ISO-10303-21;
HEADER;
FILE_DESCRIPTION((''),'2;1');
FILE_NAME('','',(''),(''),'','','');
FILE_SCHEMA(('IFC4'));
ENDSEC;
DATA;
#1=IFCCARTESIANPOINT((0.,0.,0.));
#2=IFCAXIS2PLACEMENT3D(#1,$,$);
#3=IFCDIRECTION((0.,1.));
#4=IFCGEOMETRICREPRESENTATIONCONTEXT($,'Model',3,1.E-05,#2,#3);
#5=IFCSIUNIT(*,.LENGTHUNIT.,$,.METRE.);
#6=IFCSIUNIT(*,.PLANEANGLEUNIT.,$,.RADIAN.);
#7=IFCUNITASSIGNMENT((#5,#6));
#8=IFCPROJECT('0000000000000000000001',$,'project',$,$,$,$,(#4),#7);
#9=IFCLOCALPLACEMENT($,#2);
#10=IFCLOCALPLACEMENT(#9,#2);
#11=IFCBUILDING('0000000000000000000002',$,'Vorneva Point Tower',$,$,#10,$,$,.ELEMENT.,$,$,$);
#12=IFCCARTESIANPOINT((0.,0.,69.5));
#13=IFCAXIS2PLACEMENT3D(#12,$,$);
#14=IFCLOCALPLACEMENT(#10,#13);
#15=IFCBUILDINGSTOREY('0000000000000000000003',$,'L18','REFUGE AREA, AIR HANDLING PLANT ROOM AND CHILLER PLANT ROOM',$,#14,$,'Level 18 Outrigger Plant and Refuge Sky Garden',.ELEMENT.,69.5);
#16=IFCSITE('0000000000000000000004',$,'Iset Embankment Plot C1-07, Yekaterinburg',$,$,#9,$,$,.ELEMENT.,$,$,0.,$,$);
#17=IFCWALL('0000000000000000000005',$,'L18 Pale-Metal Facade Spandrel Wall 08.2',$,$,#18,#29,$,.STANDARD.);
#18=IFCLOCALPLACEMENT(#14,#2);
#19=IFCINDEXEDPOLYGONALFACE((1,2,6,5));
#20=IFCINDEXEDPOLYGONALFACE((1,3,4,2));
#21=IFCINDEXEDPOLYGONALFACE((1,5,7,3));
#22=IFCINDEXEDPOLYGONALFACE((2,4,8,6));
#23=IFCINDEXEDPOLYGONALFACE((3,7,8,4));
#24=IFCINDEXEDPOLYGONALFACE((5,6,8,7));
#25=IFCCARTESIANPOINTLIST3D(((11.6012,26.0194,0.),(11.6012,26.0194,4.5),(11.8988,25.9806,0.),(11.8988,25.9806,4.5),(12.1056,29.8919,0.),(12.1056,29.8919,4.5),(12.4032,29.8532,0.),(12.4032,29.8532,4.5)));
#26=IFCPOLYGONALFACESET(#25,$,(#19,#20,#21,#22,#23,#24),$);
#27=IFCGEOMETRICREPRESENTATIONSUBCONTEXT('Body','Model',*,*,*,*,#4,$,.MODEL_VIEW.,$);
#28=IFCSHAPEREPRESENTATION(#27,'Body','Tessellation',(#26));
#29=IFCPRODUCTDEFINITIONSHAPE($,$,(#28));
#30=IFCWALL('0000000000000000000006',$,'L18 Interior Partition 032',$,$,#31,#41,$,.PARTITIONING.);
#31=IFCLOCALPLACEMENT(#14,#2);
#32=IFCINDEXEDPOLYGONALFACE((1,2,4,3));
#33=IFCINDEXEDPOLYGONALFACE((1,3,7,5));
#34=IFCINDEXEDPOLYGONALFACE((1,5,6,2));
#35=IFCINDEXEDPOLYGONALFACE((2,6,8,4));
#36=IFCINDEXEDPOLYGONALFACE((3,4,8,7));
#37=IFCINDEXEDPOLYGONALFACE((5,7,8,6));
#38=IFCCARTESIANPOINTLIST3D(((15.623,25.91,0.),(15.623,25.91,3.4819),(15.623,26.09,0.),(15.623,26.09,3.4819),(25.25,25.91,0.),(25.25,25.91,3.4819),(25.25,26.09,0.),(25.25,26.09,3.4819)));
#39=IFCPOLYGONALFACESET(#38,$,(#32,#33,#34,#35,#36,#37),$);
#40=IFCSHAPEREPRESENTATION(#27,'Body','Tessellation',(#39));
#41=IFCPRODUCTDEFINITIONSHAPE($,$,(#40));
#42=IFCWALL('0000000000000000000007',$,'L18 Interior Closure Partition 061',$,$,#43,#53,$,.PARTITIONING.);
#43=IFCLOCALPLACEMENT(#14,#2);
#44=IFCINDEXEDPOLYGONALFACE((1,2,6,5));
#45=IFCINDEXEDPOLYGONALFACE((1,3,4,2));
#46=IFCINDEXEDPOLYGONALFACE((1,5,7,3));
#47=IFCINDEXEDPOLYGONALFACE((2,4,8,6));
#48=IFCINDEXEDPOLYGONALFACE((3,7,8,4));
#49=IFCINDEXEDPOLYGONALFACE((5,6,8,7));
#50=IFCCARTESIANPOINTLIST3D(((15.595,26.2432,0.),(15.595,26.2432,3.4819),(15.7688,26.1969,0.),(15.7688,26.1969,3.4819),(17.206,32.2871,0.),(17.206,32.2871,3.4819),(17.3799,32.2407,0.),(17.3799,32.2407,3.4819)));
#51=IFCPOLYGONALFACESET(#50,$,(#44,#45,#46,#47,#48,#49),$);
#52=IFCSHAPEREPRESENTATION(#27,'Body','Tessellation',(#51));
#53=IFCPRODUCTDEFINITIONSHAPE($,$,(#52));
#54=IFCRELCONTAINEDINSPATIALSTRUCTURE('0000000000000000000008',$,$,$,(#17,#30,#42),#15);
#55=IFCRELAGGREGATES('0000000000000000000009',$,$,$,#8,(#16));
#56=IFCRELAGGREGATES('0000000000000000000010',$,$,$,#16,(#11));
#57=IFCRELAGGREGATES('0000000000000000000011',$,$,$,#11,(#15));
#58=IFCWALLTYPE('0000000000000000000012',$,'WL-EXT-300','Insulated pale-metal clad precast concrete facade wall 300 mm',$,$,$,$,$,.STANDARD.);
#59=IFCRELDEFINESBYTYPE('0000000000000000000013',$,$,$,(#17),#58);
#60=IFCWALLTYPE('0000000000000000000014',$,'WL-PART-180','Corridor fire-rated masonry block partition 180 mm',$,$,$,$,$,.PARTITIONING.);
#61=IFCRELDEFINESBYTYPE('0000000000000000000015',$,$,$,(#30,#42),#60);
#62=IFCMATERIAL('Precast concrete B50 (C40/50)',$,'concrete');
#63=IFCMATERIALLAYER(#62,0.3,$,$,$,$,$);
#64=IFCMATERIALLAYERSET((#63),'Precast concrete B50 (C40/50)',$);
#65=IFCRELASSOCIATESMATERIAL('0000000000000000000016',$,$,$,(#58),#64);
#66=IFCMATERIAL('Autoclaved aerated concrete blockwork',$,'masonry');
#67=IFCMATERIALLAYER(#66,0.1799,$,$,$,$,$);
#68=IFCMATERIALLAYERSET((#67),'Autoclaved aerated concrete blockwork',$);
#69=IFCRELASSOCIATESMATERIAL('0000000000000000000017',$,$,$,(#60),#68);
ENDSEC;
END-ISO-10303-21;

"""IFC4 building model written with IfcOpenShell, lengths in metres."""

from ifc_helpers import new_model, si_unit, direction, frame, frame_2d, origin, place, context, subcontext, project, spatial, rectangle, extrude, material, layer, layer_set, type_object, element, save


model = new_model("IFC4")

# Units and contexts
model_context = context("Model", 3, precision=1e-05, world=origin(), true_north=direction((0.0, 1.0)))
body_context = subcontext(model_context, "Body", "Model", "MODEL_VIEW")
ifc_project = project(units=[si_unit("LENGTHUNIT", "METRE"), si_unit("PLANEANGLEUNIT", "RADIAN")], contexts=[model_context])

# Site, building, storey
site_placement = place(None, origin())
site = spatial("IfcSite", under=ifc_project, at=site_placement, Name="Iset Embankment Plot C1-07, Yekaterinburg", CompositionType="ELEMENT", RefElevation=0.0)
building_placement = place(site_placement, origin())
building = spatial("IfcBuilding", under=site, at=building_placement, Name="Vorneva Point Tower", CompositionType="ELEMENT")
storey_placement = place(building_placement, frame((0.0, 0.0, 69.5)))
storey = spatial("IfcBuildingStorey", under=building, at=storey_placement, Name="L18", Description="REFUGE AREA, AIR HANDLING PLANT ROOM AND CHILLER PLANT ROOM", LongName="Level 18 Outrigger Plant and Refuge Sky Garden", CompositionType="ELEMENT", Elevation=69.5)

# Walls
ifc_material_1 = material(Name="Precast concrete B50 (C40/50)", Category="concrete")
ifc_layer_1 = layer(ifc_material_1, 0.3)
ifc_layer_set_1 = layer_set([ifc_layer_1], Name="Precast concrete B50 (C40/50)")
wall_type_1 = type_object("IfcWallType", Name="WL-EXT-300", Description="Insulated pale-metal clad precast concrete facade wall 300 mm", PredefinedType="STANDARD", material=ifc_layer_set_1)
wall_1_placement = place(storey_placement, frame((12.2544, 29.8726, 0.0), z_axis=(0.0, 0.0, 1.0), x_axis=(-0.129157, -0.991624, 0.0)))
element("IfcWall", 1, at=wall_1_placement, inside=storey, type_object=wall_type_1, Name="L18 Pale-Metal Facade Spandrel Wall 08.2", PredefinedType="STANDARD", context=body_context, shape_type="SweptSolid", body=[
    extrude(rectangle(XDim=3.9053, YDim=0.3, at=frame_2d((1.9526, 0.0))), origin(), (0.0, 0.0, 1.0), 4.5),
])
ifc_material_2 = material(Name="Autoclaved aerated concrete blockwork", Category="masonry")
ifc_layer_2 = layer(ifc_material_2, 0.1799)
ifc_layer_set_2 = layer_set([ifc_layer_2], Name="Autoclaved aerated concrete blockwork")
wall_type_2 = type_object("IfcWallType", Name="WL-PART-180", Description="Corridor fire-rated masonry block partition 180 mm", PredefinedType="PARTITIONING", material=ifc_layer_set_2)
wall_2_placement = place(storey_placement, frame((15.623, 26.0, 0.0), z_axis=(0.0, 0.0, 1.0), x_axis=(1.0, 0.0, 0.0)))
element("IfcWall", 2, at=wall_2_placement, inside=storey, type_object=wall_type_2, Name="L18 Interior Partition 032", PredefinedType="PARTITIONING", context=body_context, shape_type="SweptSolid", body=[
    extrude(rectangle(XDim=9.627, YDim=0.1799, at=frame_2d((4.8135, 0.0))), origin(), (0.0, 0.0, 1.0), 3.4819),
])
wall_3_placement = place(storey_placement, frame((17.293, 32.2639, 0.0), z_axis=(0.0, 0.0, 1.0), x_axis=(-0.257568, -0.96626, 0.0)))
element("IfcWall", 3, at=wall_3_placement, inside=storey, type_object=wall_type_2, Name="L18 Interior Closure Partition 061", PredefinedType="PARTITIONING", context=body_context, shape_type="SweptSolid", body=[
    extrude(rectangle(XDim=6.2549, YDim=0.1799, at=frame_2d((3.1274, 0.0))), origin(), (0.0, 0.0, 1.0), 3.4819),
])

save(model, "model.ifc")
